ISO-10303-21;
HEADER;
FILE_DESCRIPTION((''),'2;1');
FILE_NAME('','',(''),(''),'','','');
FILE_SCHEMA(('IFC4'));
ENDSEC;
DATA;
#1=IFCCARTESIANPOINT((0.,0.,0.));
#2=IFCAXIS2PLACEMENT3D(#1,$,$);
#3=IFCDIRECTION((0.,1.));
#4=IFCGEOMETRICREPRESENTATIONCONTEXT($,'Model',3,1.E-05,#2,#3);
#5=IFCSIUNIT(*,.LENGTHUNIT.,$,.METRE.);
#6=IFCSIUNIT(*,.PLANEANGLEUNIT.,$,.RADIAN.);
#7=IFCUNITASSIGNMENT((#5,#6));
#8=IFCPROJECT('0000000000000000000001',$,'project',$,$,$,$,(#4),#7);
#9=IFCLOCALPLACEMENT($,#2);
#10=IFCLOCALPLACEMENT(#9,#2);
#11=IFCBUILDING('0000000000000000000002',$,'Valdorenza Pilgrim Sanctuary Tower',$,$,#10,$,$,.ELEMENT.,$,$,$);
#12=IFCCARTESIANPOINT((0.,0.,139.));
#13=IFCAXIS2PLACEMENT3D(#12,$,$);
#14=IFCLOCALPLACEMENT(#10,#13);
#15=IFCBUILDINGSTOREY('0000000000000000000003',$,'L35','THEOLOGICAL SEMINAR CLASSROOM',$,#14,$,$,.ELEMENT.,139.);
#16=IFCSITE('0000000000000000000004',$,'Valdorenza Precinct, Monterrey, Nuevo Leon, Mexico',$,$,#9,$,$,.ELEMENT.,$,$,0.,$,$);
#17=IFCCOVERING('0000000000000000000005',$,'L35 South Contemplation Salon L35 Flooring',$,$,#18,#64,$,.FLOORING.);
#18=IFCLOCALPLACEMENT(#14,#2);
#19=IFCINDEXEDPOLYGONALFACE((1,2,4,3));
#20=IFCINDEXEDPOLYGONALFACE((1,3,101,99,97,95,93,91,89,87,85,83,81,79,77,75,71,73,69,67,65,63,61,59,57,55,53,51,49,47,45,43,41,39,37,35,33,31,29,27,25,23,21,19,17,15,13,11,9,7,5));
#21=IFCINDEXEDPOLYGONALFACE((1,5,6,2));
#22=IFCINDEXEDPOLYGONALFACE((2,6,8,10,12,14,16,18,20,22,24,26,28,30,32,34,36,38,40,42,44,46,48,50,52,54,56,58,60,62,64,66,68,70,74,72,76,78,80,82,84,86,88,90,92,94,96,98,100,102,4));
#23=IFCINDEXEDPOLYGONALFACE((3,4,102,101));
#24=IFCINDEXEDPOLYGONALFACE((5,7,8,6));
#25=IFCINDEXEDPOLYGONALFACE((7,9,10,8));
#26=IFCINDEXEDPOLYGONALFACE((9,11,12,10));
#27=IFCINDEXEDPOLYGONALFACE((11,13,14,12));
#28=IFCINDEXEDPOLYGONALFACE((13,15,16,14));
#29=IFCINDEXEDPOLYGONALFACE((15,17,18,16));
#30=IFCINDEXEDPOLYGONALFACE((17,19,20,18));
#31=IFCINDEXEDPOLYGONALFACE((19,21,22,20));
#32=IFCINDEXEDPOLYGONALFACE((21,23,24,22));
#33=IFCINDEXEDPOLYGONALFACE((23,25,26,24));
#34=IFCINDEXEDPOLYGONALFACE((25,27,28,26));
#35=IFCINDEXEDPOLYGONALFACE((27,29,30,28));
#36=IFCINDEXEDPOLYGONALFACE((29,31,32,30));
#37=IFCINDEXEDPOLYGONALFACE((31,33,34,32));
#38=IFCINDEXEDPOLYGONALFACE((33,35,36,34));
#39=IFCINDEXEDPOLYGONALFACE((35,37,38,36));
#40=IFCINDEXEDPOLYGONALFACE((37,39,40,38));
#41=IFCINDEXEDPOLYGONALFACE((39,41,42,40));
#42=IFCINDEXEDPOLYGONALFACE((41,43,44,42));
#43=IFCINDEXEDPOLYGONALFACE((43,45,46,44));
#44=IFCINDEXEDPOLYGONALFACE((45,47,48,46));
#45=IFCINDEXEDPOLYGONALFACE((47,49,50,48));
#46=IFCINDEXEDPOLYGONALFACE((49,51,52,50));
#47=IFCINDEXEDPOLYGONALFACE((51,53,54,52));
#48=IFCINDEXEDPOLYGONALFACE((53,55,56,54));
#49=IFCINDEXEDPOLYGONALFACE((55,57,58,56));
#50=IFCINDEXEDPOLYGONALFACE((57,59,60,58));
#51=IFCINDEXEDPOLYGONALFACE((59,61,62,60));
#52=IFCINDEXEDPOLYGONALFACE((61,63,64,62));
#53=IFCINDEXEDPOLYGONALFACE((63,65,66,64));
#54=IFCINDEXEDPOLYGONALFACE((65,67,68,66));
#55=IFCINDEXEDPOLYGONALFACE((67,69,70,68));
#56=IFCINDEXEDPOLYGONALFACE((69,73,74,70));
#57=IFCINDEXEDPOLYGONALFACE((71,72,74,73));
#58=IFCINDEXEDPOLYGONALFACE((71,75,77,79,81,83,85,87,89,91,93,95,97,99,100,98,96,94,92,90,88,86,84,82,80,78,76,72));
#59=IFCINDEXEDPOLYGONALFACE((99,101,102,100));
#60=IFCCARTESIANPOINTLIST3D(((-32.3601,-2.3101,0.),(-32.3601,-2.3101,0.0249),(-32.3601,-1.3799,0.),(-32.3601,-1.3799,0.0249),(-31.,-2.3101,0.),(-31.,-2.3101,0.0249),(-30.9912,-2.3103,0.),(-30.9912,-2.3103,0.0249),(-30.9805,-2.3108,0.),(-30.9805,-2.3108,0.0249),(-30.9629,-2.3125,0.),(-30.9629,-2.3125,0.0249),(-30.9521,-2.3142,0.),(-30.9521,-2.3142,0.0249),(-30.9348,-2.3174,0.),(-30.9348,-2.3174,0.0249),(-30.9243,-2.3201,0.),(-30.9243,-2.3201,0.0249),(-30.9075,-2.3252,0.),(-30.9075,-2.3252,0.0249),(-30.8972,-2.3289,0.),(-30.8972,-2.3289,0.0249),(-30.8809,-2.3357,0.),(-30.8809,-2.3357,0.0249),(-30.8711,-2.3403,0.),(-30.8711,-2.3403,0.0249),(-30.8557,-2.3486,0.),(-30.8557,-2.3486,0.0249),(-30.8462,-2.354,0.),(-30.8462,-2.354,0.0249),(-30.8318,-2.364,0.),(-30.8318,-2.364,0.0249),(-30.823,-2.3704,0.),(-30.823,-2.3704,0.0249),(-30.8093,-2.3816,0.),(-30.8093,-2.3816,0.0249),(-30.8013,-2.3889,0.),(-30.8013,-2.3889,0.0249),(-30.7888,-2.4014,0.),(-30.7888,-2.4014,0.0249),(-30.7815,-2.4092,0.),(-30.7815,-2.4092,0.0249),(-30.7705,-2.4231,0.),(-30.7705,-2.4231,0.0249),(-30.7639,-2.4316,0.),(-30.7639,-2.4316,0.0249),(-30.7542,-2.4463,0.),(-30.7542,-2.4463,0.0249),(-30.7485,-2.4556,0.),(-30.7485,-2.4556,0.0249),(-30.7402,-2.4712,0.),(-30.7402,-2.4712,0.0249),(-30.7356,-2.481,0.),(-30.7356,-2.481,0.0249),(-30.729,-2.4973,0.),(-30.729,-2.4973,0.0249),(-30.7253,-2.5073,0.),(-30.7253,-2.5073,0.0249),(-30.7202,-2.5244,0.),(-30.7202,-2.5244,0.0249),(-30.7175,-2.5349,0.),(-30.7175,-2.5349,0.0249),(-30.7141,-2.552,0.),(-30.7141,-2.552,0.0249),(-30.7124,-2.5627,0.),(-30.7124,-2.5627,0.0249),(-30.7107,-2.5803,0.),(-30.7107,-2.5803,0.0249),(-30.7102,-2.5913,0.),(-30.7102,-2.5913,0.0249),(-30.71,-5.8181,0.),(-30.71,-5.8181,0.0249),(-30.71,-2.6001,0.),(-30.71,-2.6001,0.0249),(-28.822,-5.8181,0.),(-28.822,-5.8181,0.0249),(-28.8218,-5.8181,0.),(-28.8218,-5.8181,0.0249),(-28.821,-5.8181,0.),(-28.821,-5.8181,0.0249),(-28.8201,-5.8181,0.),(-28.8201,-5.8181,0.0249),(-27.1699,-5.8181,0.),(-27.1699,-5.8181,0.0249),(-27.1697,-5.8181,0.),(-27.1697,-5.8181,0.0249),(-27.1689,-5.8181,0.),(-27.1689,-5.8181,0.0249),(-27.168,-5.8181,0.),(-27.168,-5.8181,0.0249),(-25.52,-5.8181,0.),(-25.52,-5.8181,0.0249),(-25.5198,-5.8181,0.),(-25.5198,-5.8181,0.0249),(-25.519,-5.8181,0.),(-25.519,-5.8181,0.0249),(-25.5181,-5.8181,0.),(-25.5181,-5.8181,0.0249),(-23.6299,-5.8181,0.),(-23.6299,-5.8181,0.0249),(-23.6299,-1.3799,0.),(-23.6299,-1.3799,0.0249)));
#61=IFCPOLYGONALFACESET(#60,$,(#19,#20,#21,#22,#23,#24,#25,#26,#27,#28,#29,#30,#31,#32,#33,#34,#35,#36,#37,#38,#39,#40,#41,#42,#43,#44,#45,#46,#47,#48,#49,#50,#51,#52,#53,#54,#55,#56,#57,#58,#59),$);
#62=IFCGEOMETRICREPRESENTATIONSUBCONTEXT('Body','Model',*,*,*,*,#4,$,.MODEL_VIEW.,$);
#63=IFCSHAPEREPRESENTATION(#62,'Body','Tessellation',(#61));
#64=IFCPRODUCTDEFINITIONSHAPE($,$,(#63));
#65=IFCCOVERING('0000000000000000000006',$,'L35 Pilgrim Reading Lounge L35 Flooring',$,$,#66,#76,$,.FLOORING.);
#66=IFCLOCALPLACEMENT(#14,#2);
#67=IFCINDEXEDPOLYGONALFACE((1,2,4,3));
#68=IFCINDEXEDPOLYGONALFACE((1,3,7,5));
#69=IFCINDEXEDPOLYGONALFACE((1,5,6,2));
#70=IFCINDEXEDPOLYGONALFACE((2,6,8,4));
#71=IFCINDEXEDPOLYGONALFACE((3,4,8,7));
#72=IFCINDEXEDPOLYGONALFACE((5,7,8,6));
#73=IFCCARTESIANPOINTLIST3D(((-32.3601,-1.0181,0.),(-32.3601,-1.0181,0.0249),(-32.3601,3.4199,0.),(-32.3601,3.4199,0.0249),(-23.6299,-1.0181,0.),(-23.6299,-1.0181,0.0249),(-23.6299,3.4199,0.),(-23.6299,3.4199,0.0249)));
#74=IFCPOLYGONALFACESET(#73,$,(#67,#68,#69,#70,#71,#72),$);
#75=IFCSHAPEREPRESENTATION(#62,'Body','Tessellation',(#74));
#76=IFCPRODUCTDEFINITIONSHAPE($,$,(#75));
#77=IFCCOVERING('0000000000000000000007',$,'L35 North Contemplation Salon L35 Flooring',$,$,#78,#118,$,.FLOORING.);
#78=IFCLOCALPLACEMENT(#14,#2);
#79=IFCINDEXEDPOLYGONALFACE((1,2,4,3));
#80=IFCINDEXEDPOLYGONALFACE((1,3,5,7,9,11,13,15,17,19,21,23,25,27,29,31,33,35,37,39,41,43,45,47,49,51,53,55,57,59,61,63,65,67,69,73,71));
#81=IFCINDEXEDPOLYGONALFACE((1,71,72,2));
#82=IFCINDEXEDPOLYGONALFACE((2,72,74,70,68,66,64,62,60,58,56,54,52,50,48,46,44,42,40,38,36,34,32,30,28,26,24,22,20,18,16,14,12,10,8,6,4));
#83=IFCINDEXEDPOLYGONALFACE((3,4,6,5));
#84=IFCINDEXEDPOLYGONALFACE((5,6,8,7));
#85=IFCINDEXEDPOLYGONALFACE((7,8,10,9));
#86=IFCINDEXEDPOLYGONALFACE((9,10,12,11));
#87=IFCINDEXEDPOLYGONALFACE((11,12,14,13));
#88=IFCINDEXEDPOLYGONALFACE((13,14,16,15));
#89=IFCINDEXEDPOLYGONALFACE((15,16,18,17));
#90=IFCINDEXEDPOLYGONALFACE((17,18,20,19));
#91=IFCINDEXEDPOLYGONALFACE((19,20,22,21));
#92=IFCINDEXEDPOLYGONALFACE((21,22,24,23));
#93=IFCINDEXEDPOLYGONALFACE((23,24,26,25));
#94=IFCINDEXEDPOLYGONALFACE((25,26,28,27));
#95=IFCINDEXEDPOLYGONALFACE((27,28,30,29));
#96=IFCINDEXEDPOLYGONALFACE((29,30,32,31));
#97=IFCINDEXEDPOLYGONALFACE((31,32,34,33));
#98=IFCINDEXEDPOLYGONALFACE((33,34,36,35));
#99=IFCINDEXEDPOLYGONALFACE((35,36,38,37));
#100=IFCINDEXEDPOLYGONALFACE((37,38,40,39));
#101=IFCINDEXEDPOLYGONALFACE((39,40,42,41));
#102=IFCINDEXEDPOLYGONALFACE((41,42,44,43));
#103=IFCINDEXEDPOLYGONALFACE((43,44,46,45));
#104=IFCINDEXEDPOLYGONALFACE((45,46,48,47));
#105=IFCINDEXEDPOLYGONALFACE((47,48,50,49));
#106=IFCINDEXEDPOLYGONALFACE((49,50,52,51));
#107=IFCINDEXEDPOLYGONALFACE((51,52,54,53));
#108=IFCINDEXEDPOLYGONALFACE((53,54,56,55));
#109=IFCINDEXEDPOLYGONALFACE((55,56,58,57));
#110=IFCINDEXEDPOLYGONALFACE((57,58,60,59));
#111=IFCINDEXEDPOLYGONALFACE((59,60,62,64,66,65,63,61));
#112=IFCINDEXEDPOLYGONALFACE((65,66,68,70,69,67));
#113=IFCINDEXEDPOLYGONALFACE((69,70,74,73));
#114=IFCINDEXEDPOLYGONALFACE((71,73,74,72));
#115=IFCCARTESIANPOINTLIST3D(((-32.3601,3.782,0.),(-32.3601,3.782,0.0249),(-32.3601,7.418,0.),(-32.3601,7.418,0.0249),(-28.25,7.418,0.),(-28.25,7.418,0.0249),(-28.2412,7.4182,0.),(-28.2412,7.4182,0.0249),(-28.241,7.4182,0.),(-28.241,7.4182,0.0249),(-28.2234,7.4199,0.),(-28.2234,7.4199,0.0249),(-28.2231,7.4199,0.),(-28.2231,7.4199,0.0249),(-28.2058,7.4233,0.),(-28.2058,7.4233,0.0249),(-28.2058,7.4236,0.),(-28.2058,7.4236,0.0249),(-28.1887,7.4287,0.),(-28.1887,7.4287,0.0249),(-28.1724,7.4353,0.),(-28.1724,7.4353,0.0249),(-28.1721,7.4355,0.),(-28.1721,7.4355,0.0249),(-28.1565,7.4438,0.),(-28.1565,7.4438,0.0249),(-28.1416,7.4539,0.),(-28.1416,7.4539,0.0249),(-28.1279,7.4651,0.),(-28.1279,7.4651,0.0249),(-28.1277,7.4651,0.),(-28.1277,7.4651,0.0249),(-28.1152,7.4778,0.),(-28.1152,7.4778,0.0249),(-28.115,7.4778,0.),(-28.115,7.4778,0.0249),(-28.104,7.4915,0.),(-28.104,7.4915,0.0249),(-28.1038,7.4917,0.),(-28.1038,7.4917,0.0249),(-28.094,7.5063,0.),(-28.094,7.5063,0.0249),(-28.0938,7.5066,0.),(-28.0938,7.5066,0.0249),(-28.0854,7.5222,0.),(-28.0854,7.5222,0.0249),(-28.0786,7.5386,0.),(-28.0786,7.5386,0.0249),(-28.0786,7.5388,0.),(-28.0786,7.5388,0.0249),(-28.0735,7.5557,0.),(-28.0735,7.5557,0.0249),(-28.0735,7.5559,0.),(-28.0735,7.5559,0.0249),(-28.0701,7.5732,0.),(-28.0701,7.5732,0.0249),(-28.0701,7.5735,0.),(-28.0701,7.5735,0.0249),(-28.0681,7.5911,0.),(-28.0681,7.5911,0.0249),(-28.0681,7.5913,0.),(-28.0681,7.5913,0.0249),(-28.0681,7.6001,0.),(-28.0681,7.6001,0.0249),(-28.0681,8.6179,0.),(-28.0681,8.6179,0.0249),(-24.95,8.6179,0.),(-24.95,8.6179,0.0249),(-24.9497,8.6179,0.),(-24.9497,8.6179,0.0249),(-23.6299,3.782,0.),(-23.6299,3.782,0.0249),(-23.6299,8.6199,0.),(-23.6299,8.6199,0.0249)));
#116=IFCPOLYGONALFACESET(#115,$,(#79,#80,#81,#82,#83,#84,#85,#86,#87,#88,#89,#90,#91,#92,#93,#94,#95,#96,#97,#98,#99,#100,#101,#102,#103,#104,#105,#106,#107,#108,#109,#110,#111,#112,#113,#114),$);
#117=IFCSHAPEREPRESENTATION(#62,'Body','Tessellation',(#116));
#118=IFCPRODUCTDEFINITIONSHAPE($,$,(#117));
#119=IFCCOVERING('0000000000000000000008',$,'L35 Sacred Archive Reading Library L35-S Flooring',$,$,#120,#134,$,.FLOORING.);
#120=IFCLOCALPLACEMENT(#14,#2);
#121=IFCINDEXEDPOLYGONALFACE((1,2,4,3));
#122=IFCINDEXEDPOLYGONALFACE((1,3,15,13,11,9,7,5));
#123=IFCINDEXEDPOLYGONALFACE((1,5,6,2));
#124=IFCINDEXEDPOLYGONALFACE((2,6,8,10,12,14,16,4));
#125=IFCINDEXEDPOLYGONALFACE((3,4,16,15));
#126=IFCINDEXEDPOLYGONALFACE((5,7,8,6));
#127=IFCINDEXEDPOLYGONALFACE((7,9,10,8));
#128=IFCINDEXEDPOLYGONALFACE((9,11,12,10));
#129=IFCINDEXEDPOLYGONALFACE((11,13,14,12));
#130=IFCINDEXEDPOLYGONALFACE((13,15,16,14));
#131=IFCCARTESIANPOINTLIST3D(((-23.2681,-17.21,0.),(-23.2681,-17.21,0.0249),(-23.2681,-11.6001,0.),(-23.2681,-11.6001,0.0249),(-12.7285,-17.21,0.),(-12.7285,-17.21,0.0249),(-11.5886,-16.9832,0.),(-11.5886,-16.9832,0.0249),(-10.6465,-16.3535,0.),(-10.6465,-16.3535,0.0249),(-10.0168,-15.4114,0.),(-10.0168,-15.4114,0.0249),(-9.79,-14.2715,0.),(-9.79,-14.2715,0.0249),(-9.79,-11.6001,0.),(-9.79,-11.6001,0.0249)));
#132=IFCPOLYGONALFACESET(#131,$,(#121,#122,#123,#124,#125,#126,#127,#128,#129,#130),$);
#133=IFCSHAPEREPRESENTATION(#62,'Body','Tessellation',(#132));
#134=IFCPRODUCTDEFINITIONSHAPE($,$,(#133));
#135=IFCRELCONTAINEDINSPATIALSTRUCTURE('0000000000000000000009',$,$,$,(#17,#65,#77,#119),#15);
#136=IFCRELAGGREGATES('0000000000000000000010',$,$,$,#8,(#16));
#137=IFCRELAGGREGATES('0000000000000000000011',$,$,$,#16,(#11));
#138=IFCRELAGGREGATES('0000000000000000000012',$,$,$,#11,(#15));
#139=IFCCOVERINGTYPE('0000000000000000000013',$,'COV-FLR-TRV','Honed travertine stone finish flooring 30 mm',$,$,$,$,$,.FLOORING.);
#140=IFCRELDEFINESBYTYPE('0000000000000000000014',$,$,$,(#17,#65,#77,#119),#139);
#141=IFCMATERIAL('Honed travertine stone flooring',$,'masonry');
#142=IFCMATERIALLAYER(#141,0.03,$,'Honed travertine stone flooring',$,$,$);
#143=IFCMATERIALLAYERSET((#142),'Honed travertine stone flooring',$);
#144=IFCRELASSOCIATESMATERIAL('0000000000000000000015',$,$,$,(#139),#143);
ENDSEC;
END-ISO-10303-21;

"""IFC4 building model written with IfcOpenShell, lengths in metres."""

from ifc_helpers import new_model, si_unit, direction, frame, origin, place, context, subcontext, project, spatial, polyline, outline, extrude, material, layer, layer_set, type_object, element, save


model = new_model("IFC4")

# Units and contexts
model_context = context("Model", 3, precision=1e-05, world=origin(), true_north=direction((0.0, 1.0)))
body_context = subcontext(model_context, "Body", "Model", "MODEL_VIEW")
ifc_project = project(units=[si_unit("LENGTHUNIT", "METRE"), si_unit("PLANEANGLEUNIT", "RADIAN")], contexts=[model_context])

# Site, building, storey
site_placement = place(None, origin())
site = spatial("IfcSite", under=ifc_project, at=site_placement, Name="Valdorenza Precinct, Monterrey, Nuevo Leon, Mexico", CompositionType="ELEMENT", RefElevation=0.0)
building_placement = place(site_placement, origin())
building = spatial("IfcBuilding", under=site, at=building_placement, Name="Valdorenza Pilgrim Sanctuary Tower", CompositionType="ELEMENT")
storey_placement = place(building_placement, frame((0.0, 0.0, 139.0)))
storey = spatial("IfcBuildingStorey", under=building, at=storey_placement, Name="L35", Description="THEOLOGICAL SEMINAR CLASSROOM", CompositionType="ELEMENT", Elevation=139.0)

# Coverings
ifc_material_1 = material(Name="Honed travertine stone flooring", Category="masonry")
ifc_layer_1 = layer(ifc_material_1, 0.03, Name="Honed travertine stone flooring")
ifc_layer_set_1 = layer_set([ifc_layer_1], Name="Honed travertine stone flooring")
covering_type_1 = type_object("IfcCoveringType", Name="COV-FLR-TRV", Description="Honed travertine stone finish flooring 30 mm", PredefinedType="FLOORING", material=ifc_layer_set_1)
covering_1_placement = place(storey_placement, origin())
element("IfcCovering", 1, at=covering_1_placement, inside=storey, type_object=covering_type_1, Name="L35 South Contemplation Salon L35 Flooring", PredefinedType="FLOORING", context=body_context, shape_type="SweptSolid", body=[
    extrude(outline(polyline([(-28.8218, -5.8181), (-28.822, -5.8181), (-30.71, -5.8181), (-30.71, -2.6001), (-30.7102, -2.5913), (-30.7107, -2.5803), (-30.7124, -2.5627), (-30.7141, -2.552), (-30.7175, -2.5349), (-30.7202, -2.5244), (-30.7253, -2.5073), (-30.729, -2.4973), (-30.7356, -2.481), (-30.7402, -2.4712), (-30.7485, -2.4556), (-30.7542, -2.4463), (-30.7639, -2.4316), (-30.7705, -2.4231), (-30.7815, -2.4092), (-30.7888, -2.4014), (-30.8013, -2.3889), (-30.8093, -2.3816), (-30.823, -2.3704), (-30.8318, -2.364), (-30.8462, -2.354), (-30.8557, -2.3486), (-30.8711, -2.3403), (-30.8809, -2.3357), (-30.8972, -2.3289), (-30.9075, -2.3252), (-30.9243, -2.3201), (-30.9348, -2.3174), (-30.9521, -2.3142), (-30.9629, -2.3125), (-30.9805, -2.3108), (-30.9912, -2.3103), (-31.0, -2.3101), (-32.3601, -2.3101), (-32.3601, -1.3799), (-23.6299, -1.3799), (-23.6299, -5.8181), (-25.5181, -5.8181), (-25.519, -5.8181), (-25.5198, -5.8181), (-25.52, -5.8181), (-27.168, -5.8181), (-27.1689, -5.8181), (-27.1697, -5.8181), (-27.1699, -5.8181), (-28.8201, -5.8181), (-28.821, -5.8181), (-28.8218, -5.8181)])), origin(), (0.0, 0.0, 1.0), 0.0249),
])
covering_2_placement = place(storey_placement, origin())
element("IfcCovering", 2, at=covering_2_placement, inside=storey, type_object=covering_type_1, Name="L35 Pilgrim Reading Lounge L35 Flooring", PredefinedType="FLOORING", context=body_context, shape_type="SweptSolid", body=[
    extrude(outline(polyline([(-23.6299, -1.0181), (-32.3601, -1.0181), (-32.3601, 3.4199), (-23.6299, 3.4199), (-23.6299, -1.0181)])), origin(), (0.0, 0.0, 1.0), 0.0249),
])
covering_3_placement = place(storey_placement, origin())
element("IfcCovering", 3, at=covering_3_placement, inside=storey, type_object=covering_type_1, Name="L35 North Contemplation Salon L35 Flooring", PredefinedType="FLOORING", context=body_context, shape_type="SweptSolid", body=[
    extrude(outline(polyline([(-23.6299, 8.6199), (-23.6299, 3.782), (-32.3601, 3.782), (-32.3601, 7.418), (-28.25, 7.418), (-28.2412, 7.4182), (-28.241, 7.4182), (-28.2234, 7.4199), (-28.2231, 7.4199), (-28.2058, 7.4233), (-28.2058, 7.4236), (-28.1887, 7.4287), (-28.1887, 7.4287), (-28.1724, 7.4353), (-28.1721, 7.4355), (-28.1565, 7.4438), (-28.1565, 7.4438), (-28.1416, 7.4539), (-28.1416, 7.4539), (-28.1279, 7.4651), (-28.1277, 7.4651), (-28.1152, 7.4778), (-28.115, 7.4778), (-28.104, 7.4915), (-28.1038, 7.4917), (-28.094, 7.5063), (-28.0938, 7.5066), (-28.0854, 7.5222), (-28.0854, 7.5222), (-28.0786, 7.5386), (-28.0786, 7.5388), (-28.0735, 7.5557), (-28.0735, 7.5559), (-28.0701, 7.5732), (-28.0701, 7.5735), (-28.0681, 7.5911), (-28.0681, 7.5913), (-28.0681, 7.6001), (-28.0681, 8.6179), (-24.95, 8.6179), (-24.9497, 8.6179), (-23.6299, 8.6199)])), origin(), (0.0, 0.0, 1.0), 0.0249),
])
covering_4_placement = place(storey_placement, origin())
element("IfcCovering", 4, at=covering_4_placement, inside=storey, type_object=covering_type_1, Name="L35 Sacred Archive Reading Library L35-S Flooring", PredefinedType="FLOORING", context=body_context, shape_type="SweptSolid", body=[
    extrude(outline(polyline([(-9.79, -11.6001), (-9.79, -14.2715), (-10.0168, -15.4114), (-10.6465, -16.3535), (-11.5886, -16.9832), (-12.7285, -17.21), (-23.2681, -17.21), (-23.2681, -11.6001), (-9.79, -11.6001)])), origin(), (0.0, 0.0, 1.0), 0.0249),
])

save(model, "model.ifc")
